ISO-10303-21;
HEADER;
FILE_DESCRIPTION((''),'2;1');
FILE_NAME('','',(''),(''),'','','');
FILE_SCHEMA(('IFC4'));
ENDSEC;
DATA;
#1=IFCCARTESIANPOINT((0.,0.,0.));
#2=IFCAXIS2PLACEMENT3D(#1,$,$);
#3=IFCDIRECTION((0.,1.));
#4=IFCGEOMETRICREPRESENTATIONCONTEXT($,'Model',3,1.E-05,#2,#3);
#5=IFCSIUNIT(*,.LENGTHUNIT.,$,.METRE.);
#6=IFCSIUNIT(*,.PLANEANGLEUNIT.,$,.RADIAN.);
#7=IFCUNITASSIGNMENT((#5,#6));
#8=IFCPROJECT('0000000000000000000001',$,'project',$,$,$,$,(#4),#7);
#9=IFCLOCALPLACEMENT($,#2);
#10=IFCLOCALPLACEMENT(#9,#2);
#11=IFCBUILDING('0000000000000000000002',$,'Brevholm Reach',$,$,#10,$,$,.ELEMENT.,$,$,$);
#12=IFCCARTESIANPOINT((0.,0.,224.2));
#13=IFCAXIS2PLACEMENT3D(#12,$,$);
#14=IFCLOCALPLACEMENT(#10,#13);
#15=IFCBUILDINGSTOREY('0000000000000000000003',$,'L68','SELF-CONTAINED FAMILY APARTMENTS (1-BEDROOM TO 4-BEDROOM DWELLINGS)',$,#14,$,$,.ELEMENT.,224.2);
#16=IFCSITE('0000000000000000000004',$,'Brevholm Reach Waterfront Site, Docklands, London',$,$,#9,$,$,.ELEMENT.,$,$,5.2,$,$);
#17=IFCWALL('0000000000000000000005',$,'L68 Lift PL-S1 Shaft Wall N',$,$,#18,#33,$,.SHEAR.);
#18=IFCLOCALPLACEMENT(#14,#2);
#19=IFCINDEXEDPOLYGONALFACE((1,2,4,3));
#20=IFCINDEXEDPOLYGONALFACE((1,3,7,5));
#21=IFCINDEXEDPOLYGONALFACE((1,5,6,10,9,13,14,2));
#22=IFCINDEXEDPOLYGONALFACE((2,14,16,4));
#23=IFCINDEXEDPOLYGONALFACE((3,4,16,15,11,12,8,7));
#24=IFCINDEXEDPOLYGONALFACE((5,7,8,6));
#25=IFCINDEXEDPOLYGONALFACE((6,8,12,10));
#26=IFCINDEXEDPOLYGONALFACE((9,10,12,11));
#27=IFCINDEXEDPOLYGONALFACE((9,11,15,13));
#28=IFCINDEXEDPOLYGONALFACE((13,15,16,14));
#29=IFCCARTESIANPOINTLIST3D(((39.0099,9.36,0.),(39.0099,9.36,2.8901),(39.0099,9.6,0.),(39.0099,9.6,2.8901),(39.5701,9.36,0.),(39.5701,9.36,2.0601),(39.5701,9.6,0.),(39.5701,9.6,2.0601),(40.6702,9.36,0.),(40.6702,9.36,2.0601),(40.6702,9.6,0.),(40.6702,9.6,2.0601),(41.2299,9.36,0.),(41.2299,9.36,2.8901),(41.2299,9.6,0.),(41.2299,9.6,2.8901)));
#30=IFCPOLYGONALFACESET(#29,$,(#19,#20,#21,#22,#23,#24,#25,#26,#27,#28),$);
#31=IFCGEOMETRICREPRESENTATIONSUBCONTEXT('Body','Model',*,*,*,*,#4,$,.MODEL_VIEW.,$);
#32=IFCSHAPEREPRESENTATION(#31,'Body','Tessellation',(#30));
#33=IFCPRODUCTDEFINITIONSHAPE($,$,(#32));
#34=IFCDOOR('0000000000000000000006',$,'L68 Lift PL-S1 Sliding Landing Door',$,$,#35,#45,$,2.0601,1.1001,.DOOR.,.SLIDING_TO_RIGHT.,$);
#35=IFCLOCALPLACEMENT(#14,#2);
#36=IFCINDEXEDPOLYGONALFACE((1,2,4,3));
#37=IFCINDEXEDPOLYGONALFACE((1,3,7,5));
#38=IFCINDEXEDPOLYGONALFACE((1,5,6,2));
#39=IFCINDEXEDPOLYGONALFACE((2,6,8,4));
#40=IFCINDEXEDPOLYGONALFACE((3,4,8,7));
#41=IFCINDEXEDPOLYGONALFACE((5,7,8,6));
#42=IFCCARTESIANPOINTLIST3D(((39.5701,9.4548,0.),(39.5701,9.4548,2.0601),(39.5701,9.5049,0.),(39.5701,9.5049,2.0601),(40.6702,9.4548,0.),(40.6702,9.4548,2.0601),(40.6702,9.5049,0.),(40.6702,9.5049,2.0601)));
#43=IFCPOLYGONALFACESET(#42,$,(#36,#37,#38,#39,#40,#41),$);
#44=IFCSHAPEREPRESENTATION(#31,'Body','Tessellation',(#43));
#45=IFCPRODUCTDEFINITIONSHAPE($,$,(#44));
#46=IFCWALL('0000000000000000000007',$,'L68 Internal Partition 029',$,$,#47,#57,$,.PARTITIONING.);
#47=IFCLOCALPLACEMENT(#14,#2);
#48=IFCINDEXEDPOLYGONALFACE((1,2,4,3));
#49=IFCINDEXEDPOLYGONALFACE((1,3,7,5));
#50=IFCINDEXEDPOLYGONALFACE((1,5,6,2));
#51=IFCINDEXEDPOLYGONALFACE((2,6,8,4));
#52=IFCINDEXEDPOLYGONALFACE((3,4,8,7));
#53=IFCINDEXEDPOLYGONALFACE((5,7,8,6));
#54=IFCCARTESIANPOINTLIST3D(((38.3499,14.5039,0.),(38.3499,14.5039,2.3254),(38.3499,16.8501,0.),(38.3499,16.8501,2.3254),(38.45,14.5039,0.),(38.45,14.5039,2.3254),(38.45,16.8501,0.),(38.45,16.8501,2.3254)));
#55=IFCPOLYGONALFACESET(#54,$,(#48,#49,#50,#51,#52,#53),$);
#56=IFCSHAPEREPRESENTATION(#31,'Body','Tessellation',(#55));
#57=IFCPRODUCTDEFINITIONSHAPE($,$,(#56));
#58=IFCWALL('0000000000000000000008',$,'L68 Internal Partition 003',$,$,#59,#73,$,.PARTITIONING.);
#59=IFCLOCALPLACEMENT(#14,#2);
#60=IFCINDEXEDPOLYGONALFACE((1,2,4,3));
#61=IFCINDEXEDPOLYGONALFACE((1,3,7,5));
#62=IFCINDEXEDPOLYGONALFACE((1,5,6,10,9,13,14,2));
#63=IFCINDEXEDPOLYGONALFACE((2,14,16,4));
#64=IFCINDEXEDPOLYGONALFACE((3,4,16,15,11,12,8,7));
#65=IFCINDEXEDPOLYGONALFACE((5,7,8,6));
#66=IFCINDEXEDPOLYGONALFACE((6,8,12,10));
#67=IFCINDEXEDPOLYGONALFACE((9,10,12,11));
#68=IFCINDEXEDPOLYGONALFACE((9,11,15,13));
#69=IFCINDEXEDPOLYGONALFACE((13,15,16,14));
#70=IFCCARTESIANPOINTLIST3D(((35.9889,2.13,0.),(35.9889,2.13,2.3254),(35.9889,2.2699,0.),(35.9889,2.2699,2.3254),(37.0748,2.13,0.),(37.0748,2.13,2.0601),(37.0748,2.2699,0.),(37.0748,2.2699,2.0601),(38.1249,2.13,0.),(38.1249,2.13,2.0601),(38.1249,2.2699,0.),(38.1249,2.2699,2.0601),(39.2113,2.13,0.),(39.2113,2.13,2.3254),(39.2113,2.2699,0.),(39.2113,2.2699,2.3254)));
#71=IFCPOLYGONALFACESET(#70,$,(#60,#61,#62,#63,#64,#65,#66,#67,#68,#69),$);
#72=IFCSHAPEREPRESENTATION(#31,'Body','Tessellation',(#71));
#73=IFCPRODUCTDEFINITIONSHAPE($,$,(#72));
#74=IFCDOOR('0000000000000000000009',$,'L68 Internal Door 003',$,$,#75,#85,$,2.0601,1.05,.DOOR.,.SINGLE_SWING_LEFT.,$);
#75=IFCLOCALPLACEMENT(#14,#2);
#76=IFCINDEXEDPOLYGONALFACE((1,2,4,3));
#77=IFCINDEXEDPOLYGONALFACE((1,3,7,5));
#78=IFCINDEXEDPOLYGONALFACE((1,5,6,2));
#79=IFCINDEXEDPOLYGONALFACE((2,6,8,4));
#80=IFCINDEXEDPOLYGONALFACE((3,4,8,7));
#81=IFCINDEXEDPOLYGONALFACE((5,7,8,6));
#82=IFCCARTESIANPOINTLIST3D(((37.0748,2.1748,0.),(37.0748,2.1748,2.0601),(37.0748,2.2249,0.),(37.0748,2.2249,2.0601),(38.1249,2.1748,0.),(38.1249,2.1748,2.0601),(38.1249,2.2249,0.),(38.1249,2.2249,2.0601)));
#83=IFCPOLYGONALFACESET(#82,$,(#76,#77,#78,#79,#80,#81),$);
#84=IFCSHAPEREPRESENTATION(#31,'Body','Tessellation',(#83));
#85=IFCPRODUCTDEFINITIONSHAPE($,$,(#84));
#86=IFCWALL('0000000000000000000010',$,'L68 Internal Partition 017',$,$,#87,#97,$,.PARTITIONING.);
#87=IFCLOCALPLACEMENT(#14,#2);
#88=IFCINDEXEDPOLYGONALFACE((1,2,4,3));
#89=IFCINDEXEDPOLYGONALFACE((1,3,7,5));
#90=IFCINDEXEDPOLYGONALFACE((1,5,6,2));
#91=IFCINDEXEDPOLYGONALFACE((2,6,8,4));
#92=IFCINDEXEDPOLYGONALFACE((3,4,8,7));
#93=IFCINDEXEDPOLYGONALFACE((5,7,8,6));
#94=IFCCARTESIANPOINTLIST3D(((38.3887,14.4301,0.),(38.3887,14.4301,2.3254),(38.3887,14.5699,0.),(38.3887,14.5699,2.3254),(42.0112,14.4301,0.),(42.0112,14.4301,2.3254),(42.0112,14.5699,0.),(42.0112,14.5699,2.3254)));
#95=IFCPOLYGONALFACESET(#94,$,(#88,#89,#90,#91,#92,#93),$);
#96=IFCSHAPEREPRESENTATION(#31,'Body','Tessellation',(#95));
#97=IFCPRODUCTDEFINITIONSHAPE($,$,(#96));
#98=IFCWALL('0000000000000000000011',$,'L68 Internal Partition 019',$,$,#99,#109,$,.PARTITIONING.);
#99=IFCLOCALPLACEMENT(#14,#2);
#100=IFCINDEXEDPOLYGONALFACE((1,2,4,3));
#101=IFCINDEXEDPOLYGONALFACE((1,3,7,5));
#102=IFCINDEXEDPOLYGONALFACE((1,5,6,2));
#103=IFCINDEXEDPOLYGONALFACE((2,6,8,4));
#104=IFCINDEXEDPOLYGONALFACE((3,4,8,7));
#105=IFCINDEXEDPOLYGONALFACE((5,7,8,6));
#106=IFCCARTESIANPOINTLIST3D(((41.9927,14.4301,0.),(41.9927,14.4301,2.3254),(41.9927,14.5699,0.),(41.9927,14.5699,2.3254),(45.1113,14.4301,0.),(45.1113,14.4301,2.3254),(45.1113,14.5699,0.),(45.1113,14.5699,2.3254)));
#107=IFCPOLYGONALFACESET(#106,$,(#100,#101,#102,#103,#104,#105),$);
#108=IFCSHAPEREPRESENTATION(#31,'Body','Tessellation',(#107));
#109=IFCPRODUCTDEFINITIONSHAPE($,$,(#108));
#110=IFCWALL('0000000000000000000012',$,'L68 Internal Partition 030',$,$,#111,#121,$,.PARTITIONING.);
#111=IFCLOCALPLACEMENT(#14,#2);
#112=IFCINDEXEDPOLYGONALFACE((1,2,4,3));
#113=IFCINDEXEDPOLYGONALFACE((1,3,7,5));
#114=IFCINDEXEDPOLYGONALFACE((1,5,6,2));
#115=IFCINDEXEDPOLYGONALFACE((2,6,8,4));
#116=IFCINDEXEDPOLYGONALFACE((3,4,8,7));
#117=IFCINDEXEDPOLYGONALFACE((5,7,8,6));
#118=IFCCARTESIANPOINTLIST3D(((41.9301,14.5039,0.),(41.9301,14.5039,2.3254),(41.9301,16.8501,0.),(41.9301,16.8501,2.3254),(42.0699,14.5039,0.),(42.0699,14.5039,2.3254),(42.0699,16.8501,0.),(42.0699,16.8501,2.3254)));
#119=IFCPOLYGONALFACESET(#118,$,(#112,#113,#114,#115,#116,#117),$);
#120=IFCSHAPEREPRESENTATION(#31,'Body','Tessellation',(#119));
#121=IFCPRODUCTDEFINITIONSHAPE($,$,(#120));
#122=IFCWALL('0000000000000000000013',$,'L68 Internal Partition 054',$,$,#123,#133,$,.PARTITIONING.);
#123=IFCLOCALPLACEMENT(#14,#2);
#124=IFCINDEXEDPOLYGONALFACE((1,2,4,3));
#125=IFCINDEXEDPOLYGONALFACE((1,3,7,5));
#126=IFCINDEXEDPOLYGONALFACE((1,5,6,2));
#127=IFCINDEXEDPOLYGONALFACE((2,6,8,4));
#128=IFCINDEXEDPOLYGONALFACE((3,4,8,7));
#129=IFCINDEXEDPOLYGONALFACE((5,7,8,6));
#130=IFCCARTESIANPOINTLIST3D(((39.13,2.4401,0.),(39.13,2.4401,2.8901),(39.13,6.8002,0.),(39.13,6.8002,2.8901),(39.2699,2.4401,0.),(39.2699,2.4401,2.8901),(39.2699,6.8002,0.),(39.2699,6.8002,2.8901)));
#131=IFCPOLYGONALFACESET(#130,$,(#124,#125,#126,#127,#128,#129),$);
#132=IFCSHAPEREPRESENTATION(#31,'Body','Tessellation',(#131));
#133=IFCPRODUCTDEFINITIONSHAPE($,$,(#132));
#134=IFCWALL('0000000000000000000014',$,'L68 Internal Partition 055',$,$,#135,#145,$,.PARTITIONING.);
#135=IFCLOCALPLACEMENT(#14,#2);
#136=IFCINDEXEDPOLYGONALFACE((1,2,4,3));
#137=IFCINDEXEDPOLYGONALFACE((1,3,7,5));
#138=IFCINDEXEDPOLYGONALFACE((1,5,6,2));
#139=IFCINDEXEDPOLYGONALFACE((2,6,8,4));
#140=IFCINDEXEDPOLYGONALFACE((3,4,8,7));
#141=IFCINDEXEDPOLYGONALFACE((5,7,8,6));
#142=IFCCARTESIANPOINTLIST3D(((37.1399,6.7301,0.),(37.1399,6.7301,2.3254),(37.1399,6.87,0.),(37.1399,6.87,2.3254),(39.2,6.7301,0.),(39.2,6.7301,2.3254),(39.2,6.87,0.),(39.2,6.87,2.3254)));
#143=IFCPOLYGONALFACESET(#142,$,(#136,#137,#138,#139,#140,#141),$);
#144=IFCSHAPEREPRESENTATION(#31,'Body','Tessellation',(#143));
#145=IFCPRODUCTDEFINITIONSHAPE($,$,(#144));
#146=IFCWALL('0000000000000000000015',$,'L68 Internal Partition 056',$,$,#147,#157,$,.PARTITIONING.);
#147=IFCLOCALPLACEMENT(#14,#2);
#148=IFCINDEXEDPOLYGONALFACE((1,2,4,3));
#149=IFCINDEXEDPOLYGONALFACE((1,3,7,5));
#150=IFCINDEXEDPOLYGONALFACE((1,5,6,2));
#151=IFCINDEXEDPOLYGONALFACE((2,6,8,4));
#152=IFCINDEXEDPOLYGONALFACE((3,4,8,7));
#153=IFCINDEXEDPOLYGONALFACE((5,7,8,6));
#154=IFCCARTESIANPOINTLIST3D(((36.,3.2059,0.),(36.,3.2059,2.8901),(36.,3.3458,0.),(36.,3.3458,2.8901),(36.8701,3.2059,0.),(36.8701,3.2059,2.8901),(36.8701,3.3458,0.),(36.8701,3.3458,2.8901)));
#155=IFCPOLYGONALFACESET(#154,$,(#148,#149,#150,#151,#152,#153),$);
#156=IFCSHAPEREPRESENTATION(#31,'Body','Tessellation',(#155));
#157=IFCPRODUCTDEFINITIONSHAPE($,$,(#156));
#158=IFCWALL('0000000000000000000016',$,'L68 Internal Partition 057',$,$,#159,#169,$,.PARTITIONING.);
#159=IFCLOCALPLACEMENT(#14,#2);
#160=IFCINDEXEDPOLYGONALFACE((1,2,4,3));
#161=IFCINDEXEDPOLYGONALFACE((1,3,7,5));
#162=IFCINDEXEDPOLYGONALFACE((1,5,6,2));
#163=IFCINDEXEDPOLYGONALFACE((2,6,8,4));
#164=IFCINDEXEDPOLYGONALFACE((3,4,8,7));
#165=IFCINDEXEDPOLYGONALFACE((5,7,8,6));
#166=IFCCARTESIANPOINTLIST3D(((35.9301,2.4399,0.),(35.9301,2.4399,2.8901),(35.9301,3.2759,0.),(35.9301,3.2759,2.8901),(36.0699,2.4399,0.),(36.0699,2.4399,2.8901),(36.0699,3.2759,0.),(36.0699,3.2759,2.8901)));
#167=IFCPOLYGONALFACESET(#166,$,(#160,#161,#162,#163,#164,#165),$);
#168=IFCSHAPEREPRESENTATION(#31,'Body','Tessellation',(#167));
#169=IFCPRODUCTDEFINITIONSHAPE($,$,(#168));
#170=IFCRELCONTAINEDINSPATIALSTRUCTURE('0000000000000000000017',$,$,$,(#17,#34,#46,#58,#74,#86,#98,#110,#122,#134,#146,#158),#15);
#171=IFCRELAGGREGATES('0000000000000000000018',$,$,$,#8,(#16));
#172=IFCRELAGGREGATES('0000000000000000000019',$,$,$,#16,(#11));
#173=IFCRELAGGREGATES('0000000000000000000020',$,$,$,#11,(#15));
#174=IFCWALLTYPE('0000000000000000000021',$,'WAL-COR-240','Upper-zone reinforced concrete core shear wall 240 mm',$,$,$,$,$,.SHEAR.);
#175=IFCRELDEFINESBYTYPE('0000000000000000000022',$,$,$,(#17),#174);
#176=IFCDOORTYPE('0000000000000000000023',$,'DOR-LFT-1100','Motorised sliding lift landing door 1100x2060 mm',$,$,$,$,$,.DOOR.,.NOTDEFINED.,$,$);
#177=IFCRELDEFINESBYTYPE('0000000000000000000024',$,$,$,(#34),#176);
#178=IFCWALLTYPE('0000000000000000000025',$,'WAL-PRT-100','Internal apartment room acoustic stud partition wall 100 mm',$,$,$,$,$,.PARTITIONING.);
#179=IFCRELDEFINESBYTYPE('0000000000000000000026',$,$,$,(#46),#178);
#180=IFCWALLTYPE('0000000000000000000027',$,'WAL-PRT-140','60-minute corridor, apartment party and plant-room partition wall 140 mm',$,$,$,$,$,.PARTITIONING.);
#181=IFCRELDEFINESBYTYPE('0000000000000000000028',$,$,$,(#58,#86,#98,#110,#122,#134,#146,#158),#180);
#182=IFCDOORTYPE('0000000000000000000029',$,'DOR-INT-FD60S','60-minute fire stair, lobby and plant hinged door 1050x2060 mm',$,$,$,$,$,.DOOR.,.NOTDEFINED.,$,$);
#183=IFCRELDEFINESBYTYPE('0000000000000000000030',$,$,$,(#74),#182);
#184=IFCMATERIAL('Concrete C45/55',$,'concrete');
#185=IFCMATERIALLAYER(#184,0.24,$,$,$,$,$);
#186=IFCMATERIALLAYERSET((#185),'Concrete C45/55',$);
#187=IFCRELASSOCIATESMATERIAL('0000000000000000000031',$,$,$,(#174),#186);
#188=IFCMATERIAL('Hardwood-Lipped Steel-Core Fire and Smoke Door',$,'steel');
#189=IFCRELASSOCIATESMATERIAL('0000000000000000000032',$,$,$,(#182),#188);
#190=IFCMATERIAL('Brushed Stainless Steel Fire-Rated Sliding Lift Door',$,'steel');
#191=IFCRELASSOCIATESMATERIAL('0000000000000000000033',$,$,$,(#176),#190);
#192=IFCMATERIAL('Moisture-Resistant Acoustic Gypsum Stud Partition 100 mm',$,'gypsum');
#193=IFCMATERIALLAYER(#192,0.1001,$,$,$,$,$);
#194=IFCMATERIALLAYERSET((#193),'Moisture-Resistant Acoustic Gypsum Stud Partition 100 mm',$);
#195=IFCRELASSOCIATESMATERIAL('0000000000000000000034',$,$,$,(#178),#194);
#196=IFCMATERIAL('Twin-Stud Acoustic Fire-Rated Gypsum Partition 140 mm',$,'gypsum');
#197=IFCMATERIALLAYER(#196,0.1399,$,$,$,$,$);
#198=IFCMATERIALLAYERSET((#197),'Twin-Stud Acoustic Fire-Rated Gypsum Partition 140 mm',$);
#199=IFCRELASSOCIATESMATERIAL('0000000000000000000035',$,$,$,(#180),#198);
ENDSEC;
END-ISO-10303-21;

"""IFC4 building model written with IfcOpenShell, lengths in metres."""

from ifc_helpers import new_model, si_unit, direction, frame, frame_2d, origin, place, context, subcontext, project, spatial, rectangle, extrude, material, layer, layer_set, type_object, element, fill, save


model = new_model("IFC4")

# Units and contexts
model_context = context("Model", 3, precision=1e-05, world=origin(), true_north=direction((0.0, 1.0)))
body_context = subcontext(model_context, "Body", "Model", "MODEL_VIEW")
ifc_project = project(units=[si_unit("LENGTHUNIT", "METRE"), si_unit("PLANEANGLEUNIT", "RADIAN")], contexts=[model_context])

# Site, building, storey
site_placement = place(None, origin())
site = spatial("IfcSite", under=ifc_project, at=site_placement, Name="Brevholm Reach Waterfront Site, Docklands, London", CompositionType="ELEMENT", RefElevation=5.2)
building_placement = place(site_placement, origin())
building = spatial("IfcBuilding", under=site, at=building_placement, Name="Brevholm Reach", CompositionType="ELEMENT")
storey_placement = place(building_placement, frame((0.0, 0.0, 224.2)))
storey = spatial("IfcBuildingStorey", under=building, at=storey_placement, Name="L68", Description="SELF-CONTAINED FAMILY APARTMENTS (1-BEDROOM TO 4-BEDROOM DWELLINGS)", CompositionType="ELEMENT", Elevation=224.2)

# Shared definitions
ifc_material_1 = material(Name="Concrete C45/55", Category="concrete")
ifc_layer_1 = layer(ifc_material_1, 0.24)
ifc_layer_set_1 = layer_set([ifc_layer_1], Name="Concrete C45/55")
wall_type_1 = type_object("IfcWallType", Name="WAL-COR-240", Description="Upper-zone reinforced concrete core shear wall 240 mm", PredefinedType="SHEAR", material=ifc_layer_set_1)

# Shared definitions
ifc_material_2 = material(Name="Hardwood-Lipped Steel-Core Fire and Smoke Door", Category="steel")
door_type_1 = type_object("IfcDoorType", Name="DOR-INT-FD60S", Description="60-minute fire stair, lobby and plant hinged door 1050x2060 mm", OperationType="NOTDEFINED", PredefinedType="DOOR", material=ifc_material_2)

# Wall, opening, door
wall_1_placement = place(storey_placement, frame((39.01, 9.48, 0.0), z_axis=(0.0, 0.0, 1.0), x_axis=(1.0, 0.0, 0.0)))
wall_1 = element("IfcWall", 1, at=wall_1_placement, inside=storey, type_object=wall_type_1, Name="L68 Lift PL-S1 Shaft Wall N", PredefinedType="SHEAR", context=body_context, shape_type="SweptSolid", body=[
    extrude(rectangle(XDim=2.22, YDim=0.24, at=frame_2d((1.1099, 0.0))), origin(), (0.0, 0.0, 1.0), 2.8901),
])
opening_1_placement = place(wall_1_placement, frame((0.5601, 0.0, 0.0)))
opening_1 = element("IfcOpeningElement", 2, at=opening_1_placement, cuts=wall_1, PredefinedType="OPENING", context=body_context, shape_type="SweptSolid", body=[
    extrude(rectangle(XDim=1.1001, YDim=2.0601, at=frame_2d((0.55, 1.03))), frame((0.0, 0.1299, 0.0), z_axis=(0.0, -1.0, 0.0), x_axis=(1.0, 0.0, 0.0)), (0.0, 0.0, 1.0), 0.26),
])
ifc_material_3 = material(Name="Brushed Stainless Steel Fire-Rated Sliding Lift Door", Category="steel")
door_type_2 = type_object("IfcDoorType", Name="DOR-LFT-1100", Description="Motorised sliding lift landing door 1100x2060 mm", OperationType="NOTDEFINED", PredefinedType="DOOR", material=ifc_material_3)
door_1_placement = place(opening_1_placement, origin())
door_1 = element("IfcDoor", 3, at=door_1_placement, inside=storey, type_object=door_type_2, Name="L68 Lift PL-S1 Sliding Landing Door", OperationType="SLIDING_TO_RIGHT", OverallHeight=2.0601, OverallWidth=1.1001, PredefinedType="DOOR", context=body_context, shape_type="SweptSolid", body=[
    extrude(rectangle(XDim=1.1001, YDim=2.0601, at=frame_2d((0.55, 1.03))), frame((0.0, 0.0249, 0.0), z_axis=(0.0, -1.0, 0.0), x_axis=(1.0, 0.0, 0.0)), (0.0, 0.0, 1.0), 0.05),
])
fill(opening_1, door_1)

# Wall
ifc_material_4 = material(Name="Moisture-Resistant Acoustic Gypsum Stud Partition 100 mm", Category="gypsum")
ifc_layer_2 = layer(ifc_material_4, 0.1001)
ifc_layer_set_2 = layer_set([ifc_layer_2], Name="Moisture-Resistant Acoustic Gypsum Stud Partition 100 mm")
wall_type_2 = type_object("IfcWallType", Name="WAL-PRT-100", Description="Internal apartment room acoustic stud partition wall 100 mm", PredefinedType="PARTITIONING", material=ifc_layer_set_2)
wall_2_placement = place(storey_placement, frame((38.3999, 14.5039, 0.0), z_axis=(0.0, 0.0, 1.0), x_axis=(0.0, 1.0, 0.0)))
element("IfcWall", 4, at=wall_2_placement, inside=storey, type_object=wall_type_2, Name="L68 Internal Partition 029", PredefinedType="PARTITIONING", context=body_context, shape_type="SweptSolid", body=[
    extrude(rectangle(XDim=2.3462, YDim=0.1001, at=frame_2d((1.1731, 0.0))), origin(), (0.0, 0.0, 1.0), 2.3254),
])

# Wall, opening, door
ifc_material_5 = material(Name="Twin-Stud Acoustic Fire-Rated Gypsum Partition 140 mm", Category="gypsum")
ifc_layer_3 = layer(ifc_material_5, 0.1399)
ifc_layer_set_3 = layer_set([ifc_layer_3], Name="Twin-Stud Acoustic Fire-Rated Gypsum Partition 140 mm")
wall_type_3 = type_object("IfcWallType", Name="WAL-PRT-140", Description="60-minute corridor, apartment party and plant-room partition wall 140 mm", PredefinedType="PARTITIONING", material=ifc_layer_set_3)
wall_3_placement = place(storey_placement, frame((35.9888, 2.2, 0.0), z_axis=(0.0, 0.0, 1.0), x_axis=(1.0, 0.0, 0.0)))
wall_3 = element("IfcWall", 5, at=wall_3_placement, inside=storey, type_object=wall_type_3, Name="L68 Internal Partition 003", PredefinedType="PARTITIONING", context=body_context, shape_type="SweptSolid", body=[
    extrude(rectangle(XDim=3.2224, YDim=0.1399, at=frame_2d((1.6113, 0.0))), origin(), (0.0, 0.0, 1.0), 2.3254),
])
opening_2_placement = place(wall_3_placement, frame((1.0862, 0.0, 0.0)))
opening_2 = element("IfcOpeningElement", 6, at=opening_2_placement, cuts=wall_3, PredefinedType="OPENING", context=body_context, shape_type="SweptSolid", body=[
    extrude(rectangle(XDim=1.05, YDim=2.0601, at=frame_2d((0.5249, 1.03))), frame((0.0, 0.0798, 0.0), z_axis=(0.0, -1.0, 0.0), x_axis=(1.0, 0.0, 0.0)), (0.0, 0.0, 1.0), 0.1599),
])
door_2_placement = place(opening_2_placement, origin())
door_2 = element("IfcDoor", 7, at=door_2_placement, inside=storey, type_object=door_type_1, Name="L68 Internal Door 003", OperationType="SINGLE_SWING_LEFT", OverallHeight=2.0601, OverallWidth=1.05, PredefinedType="DOOR", context=body_context, shape_type="SweptSolid", body=[
    extrude(rectangle(XDim=1.05, YDim=2.0601, at=frame_2d((0.5249, 1.03))), frame((0.0, 0.0249, 0.0), z_axis=(0.0, -1.0, 0.0), x_axis=(1.0, 0.0, 0.0)), (0.0, 0.0, 1.0), 0.05),
])
fill(opening_2, door_2)

# Walls
wall_4_placement = place(storey_placement, frame((38.3887, 14.5, 0.0), z_axis=(0.0, 0.0, 1.0), x_axis=(1.0, 0.0, 0.0)))
element("IfcWall", 8, at=wall_4_placement, inside=storey, type_object=wall_type_3, Name="L68 Internal Partition 017", PredefinedType="PARTITIONING", context=body_context, shape_type="SweptSolid", body=[
    extrude(rectangle(XDim=3.6226, YDim=0.1399, at=frame_2d((1.8113, 0.0))), origin(), (0.0, 0.0, 1.0), 2.3254),
])
wall_5_placement = place(storey_placement, frame((41.9927, 14.5, 0.0), z_axis=(0.0, 0.0, 1.0), x_axis=(1.0, 0.0, 0.0)))
element("IfcWall", 9, at=wall_5_placement, inside=storey, type_object=wall_type_3, Name="L68 Internal Partition 019", PredefinedType="PARTITIONING", context=body_context, shape_type="SweptSolid", body=[
    extrude(rectangle(XDim=3.1187, YDim=0.1399, at=frame_2d((1.5593, 0.0))), origin(), (0.0, 0.0, 1.0), 2.3254),
])
wall_6_placement = place(storey_placement, frame((42.0, 14.5039, 0.0), z_axis=(0.0, 0.0, 1.0), x_axis=(0.0, 1.0, 0.0)))
element("IfcWall", 10, at=wall_6_placement, inside=storey, type_object=wall_type_3, Name="L68 Internal Partition 030", PredefinedType="PARTITIONING", context=body_context, shape_type="SweptSolid", body=[
    extrude(rectangle(XDim=2.3462, YDim=0.1399, at=frame_2d((1.1731, 0.0))), origin(), (0.0, 0.0, 1.0), 2.3254),
])
wall_7_placement = place(storey_placement, frame((39.2, 2.4399, 0.0), z_axis=(0.0, 0.0, 1.0), x_axis=(0.0, 1.0, 0.0)))
element("IfcWall", 11, at=wall_7_placement, inside=storey, type_object=wall_type_3, Name="L68 Internal Partition 054", PredefinedType="PARTITIONING", context=body_context, shape_type="SweptSolid", body=[
    extrude(rectangle(XDim=4.3601, YDim=0.1399, at=frame_2d((2.1802, 0.0))), origin(), (0.0, 0.0, 1.0), 2.8901),
])
wall_8_placement = place(storey_placement, frame((37.1399, 6.8, 0.0), z_axis=(0.0, 0.0, 1.0), x_axis=(1.0, 0.0, 0.0)))
element("IfcWall", 12, at=wall_8_placement, inside=storey, type_object=wall_type_3, Name="L68 Internal Partition 055", PredefinedType="PARTITIONING", context=body_context, shape_type="SweptSolid", body=[
    extrude(rectangle(XDim=2.0601, YDim=0.1399, at=frame_2d((1.03, 0.0))), origin(), (0.0, 0.0, 1.0), 2.3254),
])
wall_9_placement = place(storey_placement, frame((36.0, 3.2759, 0.0), z_axis=(0.0, 0.0, 1.0), x_axis=(1.0, 0.0, 0.0)))
element("IfcWall", 13, at=wall_9_placement, inside=storey, type_object=wall_type_3, Name="L68 Internal Partition 056", PredefinedType="PARTITIONING", context=body_context, shape_type="SweptSolid", body=[
    extrude(rectangle(XDim=0.8701, YDim=0.1399, at=frame_2d((0.4351, 0.0))), origin(), (0.0, 0.0, 1.0), 2.8901),
])
wall_10_placement = place(storey_placement, frame((36.0, 2.4399, 0.0), z_axis=(0.0, 0.0, 1.0), x_axis=(0.0, 1.0, 0.0)))
element("IfcWall", 14, at=wall_10_placement, inside=storey, type_object=wall_type_3, Name="L68 Internal Partition 057", PredefinedType="PARTITIONING", context=body_context, shape_type="SweptSolid", body=[
    extrude(rectangle(XDim=0.8359, YDim=0.1399, at=frame_2d((0.418, 0.0))), origin(), (0.0, 0.0, 1.0), 2.8901),
])

save(model, "model.ifc")
